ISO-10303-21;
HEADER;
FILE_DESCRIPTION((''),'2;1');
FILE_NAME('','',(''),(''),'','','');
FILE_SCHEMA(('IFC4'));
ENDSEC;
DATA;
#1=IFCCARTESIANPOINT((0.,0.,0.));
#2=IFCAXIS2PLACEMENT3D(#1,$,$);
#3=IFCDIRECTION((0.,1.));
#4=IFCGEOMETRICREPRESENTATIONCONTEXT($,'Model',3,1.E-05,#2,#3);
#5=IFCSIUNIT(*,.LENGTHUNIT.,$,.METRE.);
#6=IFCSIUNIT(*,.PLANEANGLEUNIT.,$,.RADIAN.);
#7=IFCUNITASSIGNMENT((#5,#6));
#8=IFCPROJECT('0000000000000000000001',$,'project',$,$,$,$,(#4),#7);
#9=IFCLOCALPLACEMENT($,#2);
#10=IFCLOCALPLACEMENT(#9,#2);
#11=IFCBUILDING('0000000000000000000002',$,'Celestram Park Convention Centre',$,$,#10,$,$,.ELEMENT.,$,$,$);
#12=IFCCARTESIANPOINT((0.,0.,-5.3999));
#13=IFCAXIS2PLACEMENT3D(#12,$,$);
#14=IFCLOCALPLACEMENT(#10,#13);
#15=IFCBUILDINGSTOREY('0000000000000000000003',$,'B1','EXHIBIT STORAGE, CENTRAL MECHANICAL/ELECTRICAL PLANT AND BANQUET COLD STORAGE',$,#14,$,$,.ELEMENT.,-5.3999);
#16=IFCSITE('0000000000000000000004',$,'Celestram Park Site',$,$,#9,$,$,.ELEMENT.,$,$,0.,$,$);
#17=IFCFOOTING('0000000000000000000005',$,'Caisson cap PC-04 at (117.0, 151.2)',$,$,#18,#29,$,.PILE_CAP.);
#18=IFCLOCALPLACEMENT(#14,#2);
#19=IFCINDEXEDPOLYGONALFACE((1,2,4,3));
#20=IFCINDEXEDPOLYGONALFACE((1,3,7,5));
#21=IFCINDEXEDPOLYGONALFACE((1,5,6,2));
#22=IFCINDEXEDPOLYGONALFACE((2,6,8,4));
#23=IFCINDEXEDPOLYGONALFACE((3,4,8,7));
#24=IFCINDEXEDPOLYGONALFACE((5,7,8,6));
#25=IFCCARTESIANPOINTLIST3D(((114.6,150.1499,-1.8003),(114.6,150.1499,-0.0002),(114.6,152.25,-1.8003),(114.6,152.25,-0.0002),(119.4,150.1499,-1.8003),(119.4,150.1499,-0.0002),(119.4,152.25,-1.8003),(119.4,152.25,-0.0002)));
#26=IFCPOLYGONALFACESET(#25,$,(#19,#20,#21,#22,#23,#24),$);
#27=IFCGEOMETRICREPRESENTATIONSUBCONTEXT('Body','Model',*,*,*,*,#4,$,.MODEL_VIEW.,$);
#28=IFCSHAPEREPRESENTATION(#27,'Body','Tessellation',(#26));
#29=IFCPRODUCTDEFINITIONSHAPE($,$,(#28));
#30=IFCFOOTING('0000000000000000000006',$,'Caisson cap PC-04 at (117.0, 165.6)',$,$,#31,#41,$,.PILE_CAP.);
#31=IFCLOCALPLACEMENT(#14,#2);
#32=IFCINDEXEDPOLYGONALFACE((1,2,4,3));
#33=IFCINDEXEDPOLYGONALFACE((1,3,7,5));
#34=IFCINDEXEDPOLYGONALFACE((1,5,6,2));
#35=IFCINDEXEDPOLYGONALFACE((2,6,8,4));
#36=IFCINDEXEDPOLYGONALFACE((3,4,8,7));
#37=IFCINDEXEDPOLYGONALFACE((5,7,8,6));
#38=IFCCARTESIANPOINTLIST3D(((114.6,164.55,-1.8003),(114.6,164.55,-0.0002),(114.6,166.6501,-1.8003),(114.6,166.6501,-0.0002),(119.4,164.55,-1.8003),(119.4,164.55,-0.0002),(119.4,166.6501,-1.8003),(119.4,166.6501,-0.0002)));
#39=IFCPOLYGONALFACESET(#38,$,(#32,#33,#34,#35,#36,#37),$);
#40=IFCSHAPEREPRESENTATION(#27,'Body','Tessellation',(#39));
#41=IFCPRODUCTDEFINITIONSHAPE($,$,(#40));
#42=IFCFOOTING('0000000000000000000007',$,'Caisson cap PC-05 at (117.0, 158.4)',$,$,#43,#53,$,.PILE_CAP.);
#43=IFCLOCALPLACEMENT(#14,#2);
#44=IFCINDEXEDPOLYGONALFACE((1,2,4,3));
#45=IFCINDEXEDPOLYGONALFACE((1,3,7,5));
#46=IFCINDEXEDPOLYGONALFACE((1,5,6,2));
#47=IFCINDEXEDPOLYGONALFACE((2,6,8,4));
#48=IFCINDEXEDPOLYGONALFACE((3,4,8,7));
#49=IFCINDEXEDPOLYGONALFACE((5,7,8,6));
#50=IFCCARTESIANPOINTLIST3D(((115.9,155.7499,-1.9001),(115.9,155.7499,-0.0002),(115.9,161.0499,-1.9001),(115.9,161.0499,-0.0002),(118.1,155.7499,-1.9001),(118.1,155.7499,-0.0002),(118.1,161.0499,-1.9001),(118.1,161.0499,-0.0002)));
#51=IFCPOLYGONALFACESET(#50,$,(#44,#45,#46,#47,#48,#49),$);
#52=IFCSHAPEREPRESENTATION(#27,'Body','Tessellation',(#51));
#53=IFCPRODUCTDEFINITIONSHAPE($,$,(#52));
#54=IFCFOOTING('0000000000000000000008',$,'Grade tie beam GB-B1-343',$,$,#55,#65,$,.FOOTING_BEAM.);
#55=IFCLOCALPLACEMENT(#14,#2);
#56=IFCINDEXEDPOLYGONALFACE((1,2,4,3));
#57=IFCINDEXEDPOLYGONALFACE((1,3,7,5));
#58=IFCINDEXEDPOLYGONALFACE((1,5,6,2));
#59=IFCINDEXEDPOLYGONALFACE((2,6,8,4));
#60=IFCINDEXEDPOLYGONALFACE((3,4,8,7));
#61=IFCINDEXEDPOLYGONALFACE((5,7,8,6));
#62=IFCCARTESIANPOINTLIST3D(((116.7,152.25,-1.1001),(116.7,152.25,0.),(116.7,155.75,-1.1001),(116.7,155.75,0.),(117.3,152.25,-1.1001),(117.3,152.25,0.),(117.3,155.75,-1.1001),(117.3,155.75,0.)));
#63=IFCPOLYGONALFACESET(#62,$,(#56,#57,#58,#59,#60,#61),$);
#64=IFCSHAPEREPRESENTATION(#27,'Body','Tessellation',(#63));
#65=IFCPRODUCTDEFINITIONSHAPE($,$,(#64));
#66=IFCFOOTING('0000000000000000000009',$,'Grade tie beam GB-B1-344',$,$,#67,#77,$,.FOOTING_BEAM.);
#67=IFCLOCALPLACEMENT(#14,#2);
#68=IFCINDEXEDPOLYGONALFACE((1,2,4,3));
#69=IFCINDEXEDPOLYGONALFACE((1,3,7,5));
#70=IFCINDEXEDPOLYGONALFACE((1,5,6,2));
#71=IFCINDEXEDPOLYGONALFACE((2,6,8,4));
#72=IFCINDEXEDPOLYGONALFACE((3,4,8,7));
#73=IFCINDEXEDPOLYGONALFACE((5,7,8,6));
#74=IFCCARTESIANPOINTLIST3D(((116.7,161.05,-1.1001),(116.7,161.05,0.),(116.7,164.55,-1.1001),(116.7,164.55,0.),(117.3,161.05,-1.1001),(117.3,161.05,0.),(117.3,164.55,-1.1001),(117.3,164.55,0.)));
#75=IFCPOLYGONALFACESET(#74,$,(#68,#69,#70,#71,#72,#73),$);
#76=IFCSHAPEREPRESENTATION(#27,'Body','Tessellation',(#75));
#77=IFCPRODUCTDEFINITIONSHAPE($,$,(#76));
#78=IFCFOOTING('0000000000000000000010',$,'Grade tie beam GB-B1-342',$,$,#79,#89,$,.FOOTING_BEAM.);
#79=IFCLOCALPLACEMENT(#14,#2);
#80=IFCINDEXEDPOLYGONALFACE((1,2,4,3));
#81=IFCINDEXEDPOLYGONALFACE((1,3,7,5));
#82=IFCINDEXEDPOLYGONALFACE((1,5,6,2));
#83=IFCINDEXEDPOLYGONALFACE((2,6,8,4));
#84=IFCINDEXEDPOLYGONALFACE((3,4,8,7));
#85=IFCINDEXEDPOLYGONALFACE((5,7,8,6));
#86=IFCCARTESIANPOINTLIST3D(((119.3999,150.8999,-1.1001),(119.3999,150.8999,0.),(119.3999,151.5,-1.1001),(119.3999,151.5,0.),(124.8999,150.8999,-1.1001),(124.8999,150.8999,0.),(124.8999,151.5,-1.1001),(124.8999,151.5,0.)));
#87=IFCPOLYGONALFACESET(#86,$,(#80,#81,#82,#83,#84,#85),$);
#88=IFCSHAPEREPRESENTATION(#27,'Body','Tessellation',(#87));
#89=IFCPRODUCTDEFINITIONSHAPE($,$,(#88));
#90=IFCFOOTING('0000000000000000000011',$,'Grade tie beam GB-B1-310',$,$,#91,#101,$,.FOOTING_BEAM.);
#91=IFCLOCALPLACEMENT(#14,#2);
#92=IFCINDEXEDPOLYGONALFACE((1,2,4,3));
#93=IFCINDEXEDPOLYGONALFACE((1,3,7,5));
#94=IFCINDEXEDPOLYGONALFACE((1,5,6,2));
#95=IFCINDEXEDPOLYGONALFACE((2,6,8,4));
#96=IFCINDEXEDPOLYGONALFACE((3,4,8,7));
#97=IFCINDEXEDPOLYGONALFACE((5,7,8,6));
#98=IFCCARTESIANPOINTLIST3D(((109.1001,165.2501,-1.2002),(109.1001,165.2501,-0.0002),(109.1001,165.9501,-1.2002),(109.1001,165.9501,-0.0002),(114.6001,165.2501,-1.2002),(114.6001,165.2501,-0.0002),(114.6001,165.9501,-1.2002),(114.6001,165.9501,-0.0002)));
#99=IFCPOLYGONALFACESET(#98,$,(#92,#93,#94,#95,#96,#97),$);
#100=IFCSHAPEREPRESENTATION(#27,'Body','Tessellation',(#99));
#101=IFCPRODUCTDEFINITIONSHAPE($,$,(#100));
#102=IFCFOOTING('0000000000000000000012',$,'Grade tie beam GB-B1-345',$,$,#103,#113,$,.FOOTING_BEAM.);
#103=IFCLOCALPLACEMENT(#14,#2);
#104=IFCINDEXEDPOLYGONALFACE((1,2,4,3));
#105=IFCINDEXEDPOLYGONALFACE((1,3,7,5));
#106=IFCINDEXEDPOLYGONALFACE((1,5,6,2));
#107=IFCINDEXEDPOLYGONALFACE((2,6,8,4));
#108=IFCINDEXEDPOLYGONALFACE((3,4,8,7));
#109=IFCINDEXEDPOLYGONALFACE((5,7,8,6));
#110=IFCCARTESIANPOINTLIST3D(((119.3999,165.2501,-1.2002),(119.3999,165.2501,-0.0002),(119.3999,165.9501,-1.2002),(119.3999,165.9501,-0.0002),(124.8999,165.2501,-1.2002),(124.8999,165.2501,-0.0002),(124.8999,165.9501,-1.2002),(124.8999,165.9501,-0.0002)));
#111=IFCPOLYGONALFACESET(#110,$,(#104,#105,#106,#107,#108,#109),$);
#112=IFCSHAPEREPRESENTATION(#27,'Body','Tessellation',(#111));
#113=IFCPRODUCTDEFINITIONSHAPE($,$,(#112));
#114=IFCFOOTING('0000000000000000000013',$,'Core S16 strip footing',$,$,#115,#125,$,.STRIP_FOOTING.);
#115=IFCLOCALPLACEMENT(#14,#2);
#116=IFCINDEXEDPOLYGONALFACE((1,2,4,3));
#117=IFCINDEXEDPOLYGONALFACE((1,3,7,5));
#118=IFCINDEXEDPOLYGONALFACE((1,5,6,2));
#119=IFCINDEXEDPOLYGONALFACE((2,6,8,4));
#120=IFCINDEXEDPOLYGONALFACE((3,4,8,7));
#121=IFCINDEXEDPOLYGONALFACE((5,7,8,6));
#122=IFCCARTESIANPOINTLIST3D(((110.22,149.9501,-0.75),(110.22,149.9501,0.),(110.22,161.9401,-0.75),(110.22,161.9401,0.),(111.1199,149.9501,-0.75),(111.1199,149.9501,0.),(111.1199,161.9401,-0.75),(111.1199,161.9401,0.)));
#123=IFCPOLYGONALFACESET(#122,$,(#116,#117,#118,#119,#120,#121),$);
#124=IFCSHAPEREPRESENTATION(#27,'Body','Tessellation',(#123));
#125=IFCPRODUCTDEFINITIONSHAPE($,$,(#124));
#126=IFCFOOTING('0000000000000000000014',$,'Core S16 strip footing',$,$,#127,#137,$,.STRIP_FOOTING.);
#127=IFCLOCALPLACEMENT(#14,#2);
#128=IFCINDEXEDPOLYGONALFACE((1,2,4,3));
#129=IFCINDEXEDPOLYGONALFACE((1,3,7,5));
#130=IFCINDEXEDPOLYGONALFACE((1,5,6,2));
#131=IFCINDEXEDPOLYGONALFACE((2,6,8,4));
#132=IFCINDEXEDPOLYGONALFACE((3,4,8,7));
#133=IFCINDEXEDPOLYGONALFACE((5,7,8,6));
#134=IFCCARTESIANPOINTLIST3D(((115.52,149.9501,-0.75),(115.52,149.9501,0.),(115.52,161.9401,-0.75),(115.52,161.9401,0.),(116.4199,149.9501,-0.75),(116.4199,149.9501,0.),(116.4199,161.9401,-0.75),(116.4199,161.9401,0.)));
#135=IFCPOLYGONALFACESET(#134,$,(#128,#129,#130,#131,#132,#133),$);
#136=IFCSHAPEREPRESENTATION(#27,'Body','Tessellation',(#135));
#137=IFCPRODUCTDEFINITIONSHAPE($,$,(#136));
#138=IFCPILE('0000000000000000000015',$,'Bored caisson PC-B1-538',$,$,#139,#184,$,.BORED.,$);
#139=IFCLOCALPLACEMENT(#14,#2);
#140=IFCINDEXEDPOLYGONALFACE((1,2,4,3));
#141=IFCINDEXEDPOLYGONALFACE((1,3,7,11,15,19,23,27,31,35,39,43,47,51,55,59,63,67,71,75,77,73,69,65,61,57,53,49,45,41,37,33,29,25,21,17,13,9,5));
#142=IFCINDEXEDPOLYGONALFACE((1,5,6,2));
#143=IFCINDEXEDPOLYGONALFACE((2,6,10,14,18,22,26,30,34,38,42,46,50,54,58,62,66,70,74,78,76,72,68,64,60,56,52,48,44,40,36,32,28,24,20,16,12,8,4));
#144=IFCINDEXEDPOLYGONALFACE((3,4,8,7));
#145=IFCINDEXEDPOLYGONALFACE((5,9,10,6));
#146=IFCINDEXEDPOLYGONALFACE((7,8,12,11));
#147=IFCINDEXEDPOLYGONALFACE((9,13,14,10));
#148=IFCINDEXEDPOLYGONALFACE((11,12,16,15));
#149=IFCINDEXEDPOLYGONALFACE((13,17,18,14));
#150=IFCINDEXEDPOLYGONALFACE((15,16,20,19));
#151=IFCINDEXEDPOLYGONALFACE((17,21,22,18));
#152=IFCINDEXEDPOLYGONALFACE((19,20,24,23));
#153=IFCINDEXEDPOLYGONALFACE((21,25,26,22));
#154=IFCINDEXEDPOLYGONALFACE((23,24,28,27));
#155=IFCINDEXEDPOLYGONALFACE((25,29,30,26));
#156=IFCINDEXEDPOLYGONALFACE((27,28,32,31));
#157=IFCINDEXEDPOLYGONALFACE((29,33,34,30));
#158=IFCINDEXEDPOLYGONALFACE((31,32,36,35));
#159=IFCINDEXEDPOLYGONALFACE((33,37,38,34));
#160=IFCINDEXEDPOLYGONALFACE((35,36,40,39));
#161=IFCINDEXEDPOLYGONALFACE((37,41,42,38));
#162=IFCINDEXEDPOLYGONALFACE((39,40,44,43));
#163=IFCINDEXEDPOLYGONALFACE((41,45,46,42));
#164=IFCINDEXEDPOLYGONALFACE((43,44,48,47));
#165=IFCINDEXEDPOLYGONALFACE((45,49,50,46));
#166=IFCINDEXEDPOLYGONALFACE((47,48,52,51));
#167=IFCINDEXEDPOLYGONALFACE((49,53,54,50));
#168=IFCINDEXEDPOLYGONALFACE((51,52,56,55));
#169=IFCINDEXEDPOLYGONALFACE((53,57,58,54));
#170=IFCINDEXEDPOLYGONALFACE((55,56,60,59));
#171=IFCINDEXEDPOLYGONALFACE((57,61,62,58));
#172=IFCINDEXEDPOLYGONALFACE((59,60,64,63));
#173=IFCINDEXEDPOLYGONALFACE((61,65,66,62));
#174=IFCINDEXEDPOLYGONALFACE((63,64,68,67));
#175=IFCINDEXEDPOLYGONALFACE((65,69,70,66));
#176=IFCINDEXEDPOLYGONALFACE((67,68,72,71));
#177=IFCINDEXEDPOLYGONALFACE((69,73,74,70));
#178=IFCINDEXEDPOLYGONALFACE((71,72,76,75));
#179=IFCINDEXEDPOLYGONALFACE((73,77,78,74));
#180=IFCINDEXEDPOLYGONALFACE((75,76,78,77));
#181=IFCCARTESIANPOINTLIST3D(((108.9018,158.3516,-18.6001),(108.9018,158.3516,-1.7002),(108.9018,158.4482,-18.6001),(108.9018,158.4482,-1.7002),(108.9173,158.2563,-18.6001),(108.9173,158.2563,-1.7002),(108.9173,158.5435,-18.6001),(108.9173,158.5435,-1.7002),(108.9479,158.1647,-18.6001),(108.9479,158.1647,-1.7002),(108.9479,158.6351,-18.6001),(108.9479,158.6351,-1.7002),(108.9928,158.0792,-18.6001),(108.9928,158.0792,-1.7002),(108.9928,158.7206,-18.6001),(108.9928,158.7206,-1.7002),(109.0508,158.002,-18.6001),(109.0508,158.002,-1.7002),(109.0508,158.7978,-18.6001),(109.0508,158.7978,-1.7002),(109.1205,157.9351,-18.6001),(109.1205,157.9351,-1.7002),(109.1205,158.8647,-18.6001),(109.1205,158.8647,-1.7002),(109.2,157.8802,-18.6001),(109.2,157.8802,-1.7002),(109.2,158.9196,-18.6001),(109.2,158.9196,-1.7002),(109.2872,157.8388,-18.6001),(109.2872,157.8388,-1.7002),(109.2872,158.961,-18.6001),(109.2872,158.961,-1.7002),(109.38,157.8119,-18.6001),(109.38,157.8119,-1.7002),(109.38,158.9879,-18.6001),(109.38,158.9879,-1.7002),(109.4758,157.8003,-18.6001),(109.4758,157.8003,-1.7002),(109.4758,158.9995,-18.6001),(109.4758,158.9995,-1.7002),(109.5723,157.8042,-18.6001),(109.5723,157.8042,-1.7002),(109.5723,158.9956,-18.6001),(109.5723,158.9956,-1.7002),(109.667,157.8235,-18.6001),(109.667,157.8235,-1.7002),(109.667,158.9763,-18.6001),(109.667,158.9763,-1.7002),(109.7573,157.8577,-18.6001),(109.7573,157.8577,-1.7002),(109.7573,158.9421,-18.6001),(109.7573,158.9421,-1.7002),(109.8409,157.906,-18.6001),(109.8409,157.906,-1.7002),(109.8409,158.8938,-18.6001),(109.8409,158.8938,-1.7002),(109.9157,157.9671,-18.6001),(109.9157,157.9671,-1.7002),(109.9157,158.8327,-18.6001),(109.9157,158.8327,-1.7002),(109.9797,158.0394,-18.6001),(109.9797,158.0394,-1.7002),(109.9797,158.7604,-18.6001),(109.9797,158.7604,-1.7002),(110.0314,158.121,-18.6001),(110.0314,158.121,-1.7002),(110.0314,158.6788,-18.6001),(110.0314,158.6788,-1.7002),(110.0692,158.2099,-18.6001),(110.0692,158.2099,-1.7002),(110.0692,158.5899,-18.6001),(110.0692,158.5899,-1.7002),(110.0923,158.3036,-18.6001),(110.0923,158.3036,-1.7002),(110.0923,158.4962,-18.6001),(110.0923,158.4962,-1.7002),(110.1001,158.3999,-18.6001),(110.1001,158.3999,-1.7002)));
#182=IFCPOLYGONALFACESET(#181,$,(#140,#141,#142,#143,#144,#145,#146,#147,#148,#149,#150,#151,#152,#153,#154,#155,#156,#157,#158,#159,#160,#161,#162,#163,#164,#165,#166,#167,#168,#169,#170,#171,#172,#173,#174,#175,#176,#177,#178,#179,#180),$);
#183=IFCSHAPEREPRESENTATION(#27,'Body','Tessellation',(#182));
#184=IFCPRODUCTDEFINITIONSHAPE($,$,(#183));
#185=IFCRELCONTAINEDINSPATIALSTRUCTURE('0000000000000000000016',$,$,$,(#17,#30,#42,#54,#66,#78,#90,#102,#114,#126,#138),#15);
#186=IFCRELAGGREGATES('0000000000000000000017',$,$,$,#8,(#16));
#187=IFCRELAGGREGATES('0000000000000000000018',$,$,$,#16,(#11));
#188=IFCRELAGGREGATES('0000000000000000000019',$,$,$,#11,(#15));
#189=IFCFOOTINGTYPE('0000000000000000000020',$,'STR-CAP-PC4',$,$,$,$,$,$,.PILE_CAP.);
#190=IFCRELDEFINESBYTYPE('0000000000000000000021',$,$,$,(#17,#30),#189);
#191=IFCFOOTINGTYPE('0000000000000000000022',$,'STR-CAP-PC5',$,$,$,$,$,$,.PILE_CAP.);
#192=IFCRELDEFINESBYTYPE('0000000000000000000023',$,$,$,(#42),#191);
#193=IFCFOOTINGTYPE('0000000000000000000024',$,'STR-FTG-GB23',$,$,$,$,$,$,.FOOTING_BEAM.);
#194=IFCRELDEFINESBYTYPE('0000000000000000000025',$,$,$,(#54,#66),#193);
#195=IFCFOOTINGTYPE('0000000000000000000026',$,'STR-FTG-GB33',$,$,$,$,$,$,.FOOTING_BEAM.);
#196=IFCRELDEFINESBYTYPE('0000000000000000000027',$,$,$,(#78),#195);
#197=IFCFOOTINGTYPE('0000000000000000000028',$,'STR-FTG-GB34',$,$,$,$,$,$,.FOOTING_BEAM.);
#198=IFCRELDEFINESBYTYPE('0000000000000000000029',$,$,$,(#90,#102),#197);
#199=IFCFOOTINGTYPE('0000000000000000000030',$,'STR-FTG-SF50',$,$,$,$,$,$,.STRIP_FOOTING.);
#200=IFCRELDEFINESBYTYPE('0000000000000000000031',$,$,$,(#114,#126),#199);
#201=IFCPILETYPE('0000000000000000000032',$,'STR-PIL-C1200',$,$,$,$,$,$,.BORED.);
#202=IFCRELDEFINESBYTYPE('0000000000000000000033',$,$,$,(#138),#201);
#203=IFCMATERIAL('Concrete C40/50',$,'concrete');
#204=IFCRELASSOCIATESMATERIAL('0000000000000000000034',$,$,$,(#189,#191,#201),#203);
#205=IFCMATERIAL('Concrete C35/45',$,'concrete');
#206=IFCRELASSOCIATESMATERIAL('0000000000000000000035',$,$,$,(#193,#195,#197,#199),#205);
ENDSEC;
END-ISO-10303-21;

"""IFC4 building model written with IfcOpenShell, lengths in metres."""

from ifc_helpers import new_model, si_unit, direction, frame, origin, origin_2d, place, context, subcontext, project, spatial, rectangle, circle, extrude, material, material_profile, profile_set, type_object, element, save


model = new_model("IFC4")

# Units and contexts
model_context = context("Model", 3, precision=1e-05, world=origin(), true_north=direction((0.0, 1.0)))
body_context = subcontext(model_context, "Body", "Model", "MODEL_VIEW")
ifc_project = project(units=[si_unit("LENGTHUNIT", "METRE"), si_unit("PLANEANGLEUNIT", "RADIAN")], contexts=[model_context])

# Site, building, storey
site_placement = place(None, origin())
site = spatial("IfcSite", under=ifc_project, at=site_placement, Name="Celestram Park Site", CompositionType="ELEMENT", RefElevation=0.0)
building_placement = place(site_placement, origin())
building = spatial("IfcBuilding", under=site, at=building_placement, Name="Celestram Park Convention Centre", CompositionType="ELEMENT")
storey_placement = place(building_placement, frame((0.0, 0.0, -5.3999)))
storey = spatial("IfcBuildingStorey", under=building, at=storey_placement, Name="B1", Description="EXHIBIT STORAGE, CENTRAL MECHANICAL/ELECTRICAL PLANT AND BANQUET COLD STORAGE", CompositionType="ELEMENT", Elevation=-5.3999)

# Footings
ifc_material_1 = material(Name="Concrete C40/50", Category="concrete")
footing_type_1 = type_object("IfcFootingType", Name="STR-CAP-PC4", PredefinedType="PILE_CAP", material=ifc_material_1)
for number, where, z_axis, x_axis, name in (
    (1, (117.0, 151.2, -1.8003), (0.0, 0.0, 1.0), (1.0, 0.0, 0.0), "Caisson cap PC-04 at (117.0, 151.2)"),
    (2, (117.0, 165.6001, -1.8003), (0.0, 0.0, 1.0), (1.0, 0.0, 0.0), "Caisson cap PC-04 at (117.0, 165.6)"),
):
    element("IfcFooting", number, at=place(storey_placement, frame(where, z_axis=z_axis, x_axis=x_axis)), inside=storey, type_object=footing_type_1, Name=name, PredefinedType="PILE_CAP", context=body_context, shape_type="SweptSolid", body=[
        extrude(rectangle(XDim=4.8, YDim=2.1001, at=origin_2d()), origin(), (0.0, 0.0, 1.0), 1.8),
    ])
footing_type_2 = type_object("IfcFootingType", Name="STR-CAP-PC5", PredefinedType="PILE_CAP", material=ifc_material_1)
footing_1_placement = place(storey_placement, frame((117.0, 158.3999, -1.9001), z_axis=(0.0, 0.0, 1.0), x_axis=(1.0, 0.0, 0.0)))
element("IfcFooting", 3, at=footing_1_placement, inside=storey, type_object=footing_type_2, Name="Caisson cap PC-05 at (117.0, 158.4)", PredefinedType="PILE_CAP", context=body_context, shape_type="SweptSolid", body=[
    extrude(rectangle(XDim=2.2, YDim=5.3, at=origin_2d()), origin(), (0.0, 0.0, 1.0), 1.8999),
])
ifc_material_2 = material(Name="Concrete C35/45", Category="concrete")
footing_type_3 = type_object("IfcFootingType", Name="STR-FTG-GB23", PredefinedType="FOOTING_BEAM", material=ifc_material_2)
for number, where, z_axis, x_axis, name in (
    (4, (117.0, 154.0, -1.1001), (0.0, 0.0, 1.0), (0.0, 1.0, 0.0), "Grade tie beam GB-B1-343"),
    (5, (117.0, 162.8, -1.1001), (0.0, 0.0, 1.0), (0.0, 1.0, 0.0), "Grade tie beam GB-B1-344"),
):
    element("IfcFooting", number, at=place(storey_placement, frame(where, z_axis=z_axis, x_axis=x_axis)), inside=storey, type_object=footing_type_3, Name=name, PredefinedType="FOOTING_BEAM", context=body_context, shape_type="SweptSolid", body=[
        extrude(rectangle(XDim=3.5, YDim=0.6001, at=origin_2d()), origin(), (0.0, 0.0, 1.0), 1.1001),
    ])
footing_type_4 = type_object("IfcFootingType", Name="STR-FTG-GB33", PredefinedType="FOOTING_BEAM", material=ifc_material_2)
footing_2_placement = place(storey_placement, frame((122.1499, 151.2, -1.1001), z_axis=(0.0, 0.0, 1.0), x_axis=(1.0, 0.0, 0.0)))
element("IfcFooting", 6, at=footing_2_placement, inside=storey, type_object=footing_type_4, Name="Grade tie beam GB-B1-342", PredefinedType="FOOTING_BEAM", context=body_context, shape_type="SweptSolid", body=[
    extrude(rectangle(XDim=5.5, YDim=0.6001, at=origin_2d()), origin(), (0.0, 0.0, 1.0), 1.1001),
])
footing_type_5 = type_object("IfcFootingType", Name="STR-FTG-GB34", PredefinedType="FOOTING_BEAM", material=ifc_material_2)
for number, where, z_axis, x_axis, name in (
    (7, (111.8501, 165.6001, -1.2002), (0.0, 0.0, 1.0), (1.0, 0.0, 0.0), "Grade tie beam GB-B1-310"),
    (8, (122.1499, 165.6001, -1.2002), (0.0, 0.0, 1.0), (1.0, 0.0, 0.0), "Grade tie beam GB-B1-345"),
):
    element("IfcFooting", number, at=place(storey_placement, frame(where, z_axis=z_axis, x_axis=x_axis)), inside=storey, type_object=footing_type_5, Name=name, PredefinedType="FOOTING_BEAM", context=body_context, shape_type="SweptSolid", body=[
        extrude(rectangle(XDim=5.5, YDim=0.7, at=origin_2d()), origin(), (0.0, 0.0, 1.0), 1.2),
    ])
footing_type_6 = type_object("IfcFootingType", Name="STR-FTG-SF50", PredefinedType="STRIP_FOOTING", material=ifc_material_2)
for number, where, z_axis, x_axis, name in (
    (9, (110.6699, 155.9451, -0.75), (0.0, 0.0, 1.0), (0.0, 1.0, 0.0), "Core S16 strip footing"),
    (10, (115.97, 155.9451, -0.75), (0.0, 0.0, 1.0), (0.0, 1.0, 0.0), "Core S16 strip footing"),
):
    element("IfcFooting", number, at=place(storey_placement, frame(where, z_axis=z_axis, x_axis=x_axis)), inside=storey, type_object=footing_type_6, Name=name, PredefinedType="STRIP_FOOTING", context=body_context, shape_type="SweptSolid", body=[
        extrude(rectangle(XDim=11.99, YDim=0.8999, at=origin_2d()), origin(), (0.0, 0.0, 1.0), 0.75),
    ])

# Pile
ifc_material_profile_1 = material_profile(ifc_material_1, circle(Radius=0.6001, at=origin_2d()), Name="CAISSON1200")
ifc_profile_set_1 = profile_set([ifc_material_profile_1], Name="Concrete C40/50")
pile_type_1 = type_object("IfcPileType", Name="STR-PIL-C1200", PredefinedType="BORED", material=ifc_profile_set_1)
for number, where, z_axis, x_axis, name in (
    (11, (109.5, 158.3999, -1.7002), (0.0, 0.0, -1.0), (1.0, 0.0, 0.0), "Bored caisson PC-B1-538"),
):
    element("IfcPile", number, at=place(storey_placement, frame(where, z_axis=z_axis, x_axis=x_axis)), inside=storey, type_object=pile_type_1, Name=name, PredefinedType="BORED", context=body_context, shape_type="SweptSolid", body=[
        extrude(circle(Radius=0.6001, at=origin_2d()), origin(), (0.0, 0.0, 1.0), 16.8999),
    ])

save(model, "model.ifc")
